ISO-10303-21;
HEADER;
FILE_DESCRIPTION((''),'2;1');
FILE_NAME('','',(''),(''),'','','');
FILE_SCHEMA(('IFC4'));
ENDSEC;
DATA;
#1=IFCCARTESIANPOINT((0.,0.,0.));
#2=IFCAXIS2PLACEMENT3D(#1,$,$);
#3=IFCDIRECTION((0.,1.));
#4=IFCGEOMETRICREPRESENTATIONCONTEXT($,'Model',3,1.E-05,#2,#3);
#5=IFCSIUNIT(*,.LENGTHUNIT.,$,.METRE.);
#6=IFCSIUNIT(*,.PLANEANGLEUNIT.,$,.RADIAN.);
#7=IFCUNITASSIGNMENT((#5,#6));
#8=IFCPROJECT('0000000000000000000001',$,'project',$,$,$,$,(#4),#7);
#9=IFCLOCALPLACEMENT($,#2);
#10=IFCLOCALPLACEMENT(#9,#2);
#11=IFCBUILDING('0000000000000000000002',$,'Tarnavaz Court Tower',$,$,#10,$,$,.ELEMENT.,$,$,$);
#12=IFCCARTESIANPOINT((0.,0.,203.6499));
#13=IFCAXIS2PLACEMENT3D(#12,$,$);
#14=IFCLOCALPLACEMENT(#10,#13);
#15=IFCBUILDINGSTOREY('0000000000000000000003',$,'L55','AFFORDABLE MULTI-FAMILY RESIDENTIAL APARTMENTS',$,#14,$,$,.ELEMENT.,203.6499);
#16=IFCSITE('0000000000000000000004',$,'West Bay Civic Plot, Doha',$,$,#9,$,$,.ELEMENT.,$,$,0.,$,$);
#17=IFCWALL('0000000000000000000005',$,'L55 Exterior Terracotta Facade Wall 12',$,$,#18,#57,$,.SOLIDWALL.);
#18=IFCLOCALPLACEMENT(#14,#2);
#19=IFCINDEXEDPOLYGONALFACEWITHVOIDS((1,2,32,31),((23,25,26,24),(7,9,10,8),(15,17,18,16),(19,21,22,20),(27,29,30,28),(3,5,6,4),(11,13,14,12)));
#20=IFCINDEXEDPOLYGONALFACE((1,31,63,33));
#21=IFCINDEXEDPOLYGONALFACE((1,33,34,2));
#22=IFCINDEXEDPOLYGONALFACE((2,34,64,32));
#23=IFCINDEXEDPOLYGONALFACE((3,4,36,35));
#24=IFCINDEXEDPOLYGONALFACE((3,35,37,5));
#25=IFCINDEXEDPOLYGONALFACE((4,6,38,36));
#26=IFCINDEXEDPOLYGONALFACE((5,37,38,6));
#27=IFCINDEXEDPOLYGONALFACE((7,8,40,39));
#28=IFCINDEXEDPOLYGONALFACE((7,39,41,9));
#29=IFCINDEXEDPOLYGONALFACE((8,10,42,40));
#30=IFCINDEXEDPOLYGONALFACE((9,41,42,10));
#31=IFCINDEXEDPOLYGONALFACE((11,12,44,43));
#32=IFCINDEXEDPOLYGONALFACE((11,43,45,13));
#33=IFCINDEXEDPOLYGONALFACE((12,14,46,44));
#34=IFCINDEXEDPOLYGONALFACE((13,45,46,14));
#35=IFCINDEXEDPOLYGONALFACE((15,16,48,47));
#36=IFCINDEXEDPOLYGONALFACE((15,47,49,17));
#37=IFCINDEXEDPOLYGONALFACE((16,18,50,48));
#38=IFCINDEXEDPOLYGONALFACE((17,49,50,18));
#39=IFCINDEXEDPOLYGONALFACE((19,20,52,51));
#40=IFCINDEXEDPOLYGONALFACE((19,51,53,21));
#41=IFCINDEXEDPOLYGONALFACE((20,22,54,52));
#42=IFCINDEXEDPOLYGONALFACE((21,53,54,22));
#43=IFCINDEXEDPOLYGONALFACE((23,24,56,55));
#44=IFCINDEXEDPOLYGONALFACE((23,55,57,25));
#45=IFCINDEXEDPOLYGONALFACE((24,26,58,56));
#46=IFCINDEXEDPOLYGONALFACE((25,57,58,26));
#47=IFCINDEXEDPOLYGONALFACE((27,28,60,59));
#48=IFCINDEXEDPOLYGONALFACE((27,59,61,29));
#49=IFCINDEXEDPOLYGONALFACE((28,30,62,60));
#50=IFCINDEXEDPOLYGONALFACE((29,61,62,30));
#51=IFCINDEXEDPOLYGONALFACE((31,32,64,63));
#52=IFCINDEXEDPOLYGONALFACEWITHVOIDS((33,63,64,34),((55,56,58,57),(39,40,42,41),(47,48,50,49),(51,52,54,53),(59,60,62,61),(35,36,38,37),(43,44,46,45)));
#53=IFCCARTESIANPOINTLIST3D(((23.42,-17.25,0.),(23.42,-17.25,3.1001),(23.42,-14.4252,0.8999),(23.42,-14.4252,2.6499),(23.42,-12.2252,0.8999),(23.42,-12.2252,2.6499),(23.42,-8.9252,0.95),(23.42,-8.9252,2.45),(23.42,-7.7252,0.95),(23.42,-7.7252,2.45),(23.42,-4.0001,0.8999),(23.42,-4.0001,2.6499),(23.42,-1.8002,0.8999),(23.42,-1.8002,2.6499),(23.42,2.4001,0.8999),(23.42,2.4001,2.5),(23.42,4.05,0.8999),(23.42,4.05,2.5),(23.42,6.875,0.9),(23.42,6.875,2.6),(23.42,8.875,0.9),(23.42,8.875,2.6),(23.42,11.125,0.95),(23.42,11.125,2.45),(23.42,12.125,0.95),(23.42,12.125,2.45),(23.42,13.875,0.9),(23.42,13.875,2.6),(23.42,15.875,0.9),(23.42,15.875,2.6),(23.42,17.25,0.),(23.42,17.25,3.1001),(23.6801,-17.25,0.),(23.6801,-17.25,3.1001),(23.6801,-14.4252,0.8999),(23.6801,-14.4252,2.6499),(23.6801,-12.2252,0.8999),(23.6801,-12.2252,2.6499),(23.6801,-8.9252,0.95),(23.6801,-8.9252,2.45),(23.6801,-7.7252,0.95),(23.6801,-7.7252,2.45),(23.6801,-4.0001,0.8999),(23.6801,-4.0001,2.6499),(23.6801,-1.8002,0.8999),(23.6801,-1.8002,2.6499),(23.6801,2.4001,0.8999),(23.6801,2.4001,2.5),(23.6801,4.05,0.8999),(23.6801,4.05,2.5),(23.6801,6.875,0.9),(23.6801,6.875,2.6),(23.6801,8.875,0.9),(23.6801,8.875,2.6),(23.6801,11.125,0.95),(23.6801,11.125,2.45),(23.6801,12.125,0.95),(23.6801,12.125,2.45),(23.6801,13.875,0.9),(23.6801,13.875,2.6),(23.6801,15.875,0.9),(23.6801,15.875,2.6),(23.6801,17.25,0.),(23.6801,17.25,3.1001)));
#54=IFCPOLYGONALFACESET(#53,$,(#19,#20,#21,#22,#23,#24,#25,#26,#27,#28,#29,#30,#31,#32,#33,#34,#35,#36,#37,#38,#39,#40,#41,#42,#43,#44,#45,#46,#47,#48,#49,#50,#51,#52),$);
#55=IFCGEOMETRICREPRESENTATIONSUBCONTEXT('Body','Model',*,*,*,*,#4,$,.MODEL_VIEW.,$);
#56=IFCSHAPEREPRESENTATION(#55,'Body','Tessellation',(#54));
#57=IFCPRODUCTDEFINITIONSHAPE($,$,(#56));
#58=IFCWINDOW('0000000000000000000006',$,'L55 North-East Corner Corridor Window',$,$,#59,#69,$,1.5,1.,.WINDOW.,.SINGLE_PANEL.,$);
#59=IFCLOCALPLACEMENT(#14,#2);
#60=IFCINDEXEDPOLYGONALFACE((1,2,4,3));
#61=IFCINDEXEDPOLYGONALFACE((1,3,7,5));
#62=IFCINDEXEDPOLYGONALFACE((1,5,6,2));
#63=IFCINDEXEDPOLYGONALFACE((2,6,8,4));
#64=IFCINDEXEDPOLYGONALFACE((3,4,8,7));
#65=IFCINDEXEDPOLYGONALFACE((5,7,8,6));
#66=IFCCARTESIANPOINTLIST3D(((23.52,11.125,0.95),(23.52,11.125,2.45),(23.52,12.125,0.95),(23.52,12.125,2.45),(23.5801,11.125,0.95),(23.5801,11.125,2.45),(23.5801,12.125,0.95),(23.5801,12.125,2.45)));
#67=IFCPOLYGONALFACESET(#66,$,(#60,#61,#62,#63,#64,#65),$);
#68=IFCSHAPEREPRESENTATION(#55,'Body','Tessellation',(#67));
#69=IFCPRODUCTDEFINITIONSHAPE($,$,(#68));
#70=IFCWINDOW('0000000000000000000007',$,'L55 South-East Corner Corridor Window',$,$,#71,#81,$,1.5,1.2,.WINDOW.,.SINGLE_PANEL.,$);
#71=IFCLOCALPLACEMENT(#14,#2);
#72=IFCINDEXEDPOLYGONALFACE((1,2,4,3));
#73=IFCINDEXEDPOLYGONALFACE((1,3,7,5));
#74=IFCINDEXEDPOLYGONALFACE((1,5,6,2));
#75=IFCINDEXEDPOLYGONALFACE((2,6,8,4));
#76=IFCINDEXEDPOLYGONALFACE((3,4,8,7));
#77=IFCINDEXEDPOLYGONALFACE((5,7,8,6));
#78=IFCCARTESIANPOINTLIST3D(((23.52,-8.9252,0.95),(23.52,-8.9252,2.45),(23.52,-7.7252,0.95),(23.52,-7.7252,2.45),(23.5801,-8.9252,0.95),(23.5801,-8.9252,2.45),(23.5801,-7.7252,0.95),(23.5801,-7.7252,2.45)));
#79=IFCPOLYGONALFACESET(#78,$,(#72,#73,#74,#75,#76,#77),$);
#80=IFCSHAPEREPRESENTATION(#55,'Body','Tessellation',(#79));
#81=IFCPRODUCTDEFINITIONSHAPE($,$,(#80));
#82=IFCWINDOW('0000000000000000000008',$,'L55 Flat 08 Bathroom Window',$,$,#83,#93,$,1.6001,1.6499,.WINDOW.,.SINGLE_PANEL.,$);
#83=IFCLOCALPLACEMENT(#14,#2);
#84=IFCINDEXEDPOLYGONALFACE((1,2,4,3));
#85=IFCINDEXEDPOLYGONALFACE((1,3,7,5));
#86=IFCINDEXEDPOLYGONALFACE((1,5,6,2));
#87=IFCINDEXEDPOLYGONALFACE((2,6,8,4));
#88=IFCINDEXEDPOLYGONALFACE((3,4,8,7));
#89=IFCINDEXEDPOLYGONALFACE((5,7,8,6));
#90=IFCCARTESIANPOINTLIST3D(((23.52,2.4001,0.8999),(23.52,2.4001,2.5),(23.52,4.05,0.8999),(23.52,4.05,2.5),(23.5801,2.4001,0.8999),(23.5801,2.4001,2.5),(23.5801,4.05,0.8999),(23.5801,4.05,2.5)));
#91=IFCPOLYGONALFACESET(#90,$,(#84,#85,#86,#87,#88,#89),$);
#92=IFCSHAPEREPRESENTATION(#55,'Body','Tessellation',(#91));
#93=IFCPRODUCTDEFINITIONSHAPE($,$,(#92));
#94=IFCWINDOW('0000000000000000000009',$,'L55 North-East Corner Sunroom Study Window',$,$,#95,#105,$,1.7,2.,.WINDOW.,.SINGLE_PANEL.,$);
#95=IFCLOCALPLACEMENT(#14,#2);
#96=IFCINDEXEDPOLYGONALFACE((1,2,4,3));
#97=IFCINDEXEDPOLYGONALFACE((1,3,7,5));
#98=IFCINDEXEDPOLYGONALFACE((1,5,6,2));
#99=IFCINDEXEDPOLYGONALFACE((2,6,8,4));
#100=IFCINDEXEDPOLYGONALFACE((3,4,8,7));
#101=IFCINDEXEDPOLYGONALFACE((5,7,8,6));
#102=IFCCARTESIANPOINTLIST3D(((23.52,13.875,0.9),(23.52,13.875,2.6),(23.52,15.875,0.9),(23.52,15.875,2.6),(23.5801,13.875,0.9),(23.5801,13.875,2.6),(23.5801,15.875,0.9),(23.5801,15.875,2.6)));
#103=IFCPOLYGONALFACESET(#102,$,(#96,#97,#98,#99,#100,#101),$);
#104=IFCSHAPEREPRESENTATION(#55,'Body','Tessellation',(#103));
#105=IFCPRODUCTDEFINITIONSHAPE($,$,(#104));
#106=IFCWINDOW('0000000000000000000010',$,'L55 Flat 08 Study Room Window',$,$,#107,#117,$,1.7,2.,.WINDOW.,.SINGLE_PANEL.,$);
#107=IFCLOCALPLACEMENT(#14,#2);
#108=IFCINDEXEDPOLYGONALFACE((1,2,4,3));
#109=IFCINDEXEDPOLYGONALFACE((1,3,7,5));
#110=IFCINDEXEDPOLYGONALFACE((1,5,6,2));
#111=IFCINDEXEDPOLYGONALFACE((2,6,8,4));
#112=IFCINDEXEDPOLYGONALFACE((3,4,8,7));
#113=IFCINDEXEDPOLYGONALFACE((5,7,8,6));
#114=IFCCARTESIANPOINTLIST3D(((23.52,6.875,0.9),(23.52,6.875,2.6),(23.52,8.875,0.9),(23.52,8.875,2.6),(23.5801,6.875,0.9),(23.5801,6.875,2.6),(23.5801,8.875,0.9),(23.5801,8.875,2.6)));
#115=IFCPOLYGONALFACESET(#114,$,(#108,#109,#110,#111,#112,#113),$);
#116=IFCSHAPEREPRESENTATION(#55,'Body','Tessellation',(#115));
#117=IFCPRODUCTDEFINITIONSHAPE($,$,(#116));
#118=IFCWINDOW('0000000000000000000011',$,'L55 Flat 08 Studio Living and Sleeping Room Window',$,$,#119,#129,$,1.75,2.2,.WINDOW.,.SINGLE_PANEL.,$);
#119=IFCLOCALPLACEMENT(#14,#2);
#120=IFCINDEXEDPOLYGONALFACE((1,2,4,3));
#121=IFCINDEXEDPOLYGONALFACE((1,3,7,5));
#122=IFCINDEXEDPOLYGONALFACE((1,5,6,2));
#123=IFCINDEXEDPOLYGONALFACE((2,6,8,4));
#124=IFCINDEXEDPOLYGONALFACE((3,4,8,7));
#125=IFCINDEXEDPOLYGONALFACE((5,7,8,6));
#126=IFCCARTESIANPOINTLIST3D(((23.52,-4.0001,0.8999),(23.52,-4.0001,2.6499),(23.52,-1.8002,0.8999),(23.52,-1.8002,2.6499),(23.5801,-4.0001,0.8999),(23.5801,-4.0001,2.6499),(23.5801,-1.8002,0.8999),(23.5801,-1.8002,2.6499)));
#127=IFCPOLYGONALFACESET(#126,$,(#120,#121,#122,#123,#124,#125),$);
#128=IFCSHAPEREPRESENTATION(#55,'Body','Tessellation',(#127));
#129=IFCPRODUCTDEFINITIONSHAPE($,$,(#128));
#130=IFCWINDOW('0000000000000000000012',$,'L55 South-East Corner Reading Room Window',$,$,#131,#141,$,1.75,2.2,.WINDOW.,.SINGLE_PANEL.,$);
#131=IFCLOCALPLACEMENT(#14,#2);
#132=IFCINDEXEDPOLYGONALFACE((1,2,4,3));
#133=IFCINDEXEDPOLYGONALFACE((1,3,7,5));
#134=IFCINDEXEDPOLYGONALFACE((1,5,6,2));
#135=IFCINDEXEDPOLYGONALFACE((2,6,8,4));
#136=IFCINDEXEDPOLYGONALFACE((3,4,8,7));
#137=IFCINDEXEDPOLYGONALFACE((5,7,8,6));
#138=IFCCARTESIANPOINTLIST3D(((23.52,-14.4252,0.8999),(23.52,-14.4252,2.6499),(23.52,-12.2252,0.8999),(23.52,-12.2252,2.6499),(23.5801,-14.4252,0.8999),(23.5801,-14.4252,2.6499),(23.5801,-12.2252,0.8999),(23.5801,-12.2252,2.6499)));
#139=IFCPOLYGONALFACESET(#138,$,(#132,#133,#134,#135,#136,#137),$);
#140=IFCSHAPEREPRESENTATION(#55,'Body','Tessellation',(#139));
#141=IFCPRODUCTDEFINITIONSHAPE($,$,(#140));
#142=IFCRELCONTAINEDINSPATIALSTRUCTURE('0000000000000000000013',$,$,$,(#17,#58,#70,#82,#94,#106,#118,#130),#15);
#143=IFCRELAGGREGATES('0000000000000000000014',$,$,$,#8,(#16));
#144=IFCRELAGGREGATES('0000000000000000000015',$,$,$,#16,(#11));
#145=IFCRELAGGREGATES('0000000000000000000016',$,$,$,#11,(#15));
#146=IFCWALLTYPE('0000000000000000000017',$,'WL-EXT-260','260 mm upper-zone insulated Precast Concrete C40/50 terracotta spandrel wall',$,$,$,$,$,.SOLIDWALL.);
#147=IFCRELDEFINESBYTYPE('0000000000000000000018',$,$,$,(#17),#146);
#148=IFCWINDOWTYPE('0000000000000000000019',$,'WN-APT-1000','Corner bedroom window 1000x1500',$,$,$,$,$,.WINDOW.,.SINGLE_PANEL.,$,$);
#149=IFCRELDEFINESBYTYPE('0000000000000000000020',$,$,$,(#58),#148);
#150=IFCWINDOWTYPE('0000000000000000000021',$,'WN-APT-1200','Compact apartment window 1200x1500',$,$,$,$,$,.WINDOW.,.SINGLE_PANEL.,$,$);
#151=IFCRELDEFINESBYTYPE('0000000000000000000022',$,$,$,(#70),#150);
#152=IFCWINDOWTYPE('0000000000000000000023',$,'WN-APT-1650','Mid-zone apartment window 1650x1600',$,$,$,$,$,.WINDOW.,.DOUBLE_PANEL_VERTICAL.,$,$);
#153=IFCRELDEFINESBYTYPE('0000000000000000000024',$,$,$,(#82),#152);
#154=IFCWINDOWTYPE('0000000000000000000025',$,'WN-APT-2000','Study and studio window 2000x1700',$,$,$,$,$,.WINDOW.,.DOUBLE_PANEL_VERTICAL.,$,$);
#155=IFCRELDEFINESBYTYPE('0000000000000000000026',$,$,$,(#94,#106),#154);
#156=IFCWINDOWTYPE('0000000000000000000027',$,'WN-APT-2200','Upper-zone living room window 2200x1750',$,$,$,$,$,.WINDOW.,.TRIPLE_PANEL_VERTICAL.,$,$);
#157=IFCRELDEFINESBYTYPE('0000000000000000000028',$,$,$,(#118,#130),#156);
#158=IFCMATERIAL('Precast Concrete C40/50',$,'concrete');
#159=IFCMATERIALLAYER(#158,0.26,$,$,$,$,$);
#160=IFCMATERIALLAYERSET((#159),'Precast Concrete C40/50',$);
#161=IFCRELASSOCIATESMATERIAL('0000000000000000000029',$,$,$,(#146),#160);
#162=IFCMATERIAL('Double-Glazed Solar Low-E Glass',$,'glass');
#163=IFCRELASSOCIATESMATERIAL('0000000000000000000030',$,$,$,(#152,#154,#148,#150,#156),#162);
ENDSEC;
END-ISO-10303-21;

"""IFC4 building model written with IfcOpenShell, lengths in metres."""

from ifc_helpers import new_model, si_unit, direction, frame, frame_2d, origin, place, context, subcontext, project, spatial, rectangle, extrude, material, layer, layer_set, type_object, element, fill, save


model = new_model("IFC4")

# Units and contexts
model_context = context("Model", 3, precision=1e-05, world=origin(), true_north=direction((0.0, 1.0)))
body_context = subcontext(model_context, "Body", "Model", "MODEL_VIEW")
ifc_project = project(units=[si_unit("LENGTHUNIT", "METRE"), si_unit("PLANEANGLEUNIT", "RADIAN")], contexts=[model_context])

# Site, building, storey
site_placement = place(None, origin())
site = spatial("IfcSite", under=ifc_project, at=site_placement, Name="West Bay Civic Plot, Doha", CompositionType="ELEMENT", RefElevation=0.0)
building_placement = place(site_placement, origin())
building = spatial("IfcBuilding", under=site, at=building_placement, Name="Tarnavaz Court Tower", CompositionType="ELEMENT")
storey_placement = place(building_placement, frame((0.0, 0.0, 203.6499)))
storey = spatial("IfcBuildingStorey", under=building, at=storey_placement, Name="L55", Description="AFFORDABLE MULTI-FAMILY RESIDENTIAL APARTMENTS", CompositionType="ELEMENT", Elevation=203.6499)

# Shared definitions
ifc_material_1 = material(Name="Precast Concrete C40/50", Category="concrete")
ifc_layer_1 = layer(ifc_material_1, 0.26)
ifc_layer_set_1 = layer_set([ifc_layer_1], Name="Precast Concrete C40/50")
wall_type_1 = type_object("IfcWallType", Name="WL-EXT-260", Description="260 mm upper-zone insulated Precast Concrete C40/50 terracotta spandrel wall", PredefinedType="SOLIDWALL", material=ifc_layer_set_1)
ifc_material_2 = material(Name="Double-Glazed Solar Low-E Glass", Category="glass")
window_type_1 = type_object("IfcWindowType", Name="WN-APT-1650", Description="Mid-zone apartment window 1650x1600", PartitioningType="DOUBLE_PANEL_VERTICAL", PredefinedType="WINDOW", material=ifc_material_2)
window_type_2 = type_object("IfcWindowType", Name="WN-APT-2000", Description="Study and studio window 2000x1700", PartitioningType="DOUBLE_PANEL_VERTICAL", PredefinedType="WINDOW", material=ifc_material_2)

# Wall, openings, windows
wall_1_placement = place(storey_placement, frame((23.55, 17.25, 0.0), z_axis=(0.0, 0.0, 1.0), x_axis=(0.0, -1.0, 0.0)))
wall_1 = element("IfcWall", 1, at=wall_1_placement, inside=storey, type_object=wall_type_1, Name="L55 Exterior Terracotta Facade Wall 12", PredefinedType="SOLIDWALL", context=body_context, shape_type="SweptSolid", body=[
    extrude(rectangle(XDim=34.5, YDim=0.26, at=frame_2d((17.25, 0.0))), origin(), (0.0, 0.0, 1.0), 3.1001),
])
opening_1_placement = place(wall_1_placement, frame((1.375, 0.0, 0.8999)))
opening_1 = element("IfcOpeningElement", 2, at=opening_1_placement, cuts=wall_1, PredefinedType="OPENING", context=body_context, shape_type="SweptSolid", body=[
    extrude(rectangle(XDim=2.0, YDim=1.7, at=frame_2d((1.0, 0.8501))), frame((0.0, 0.1399, 0.0), z_axis=(0.0, -1.0, 0.0), x_axis=(1.0, 0.0, 0.0)), (0.0, 0.0, 1.0), 0.28),
])
opening_2_placement = place(wall_1_placement, frame((5.125, 0.0, 0.95)))
opening_2 = element("IfcOpeningElement", 3, at=opening_2_placement, cuts=wall_1, PredefinedType="OPENING", context=body_context, shape_type="SweptSolid", body=[
    extrude(rectangle(XDim=1.0, YDim=1.5, at=frame_2d((0.5, 0.75))), frame((0.0, 0.1399, 0.0), z_axis=(0.0, -1.0, 0.0), x_axis=(1.0, 0.0, 0.0)), (0.0, 0.0, 1.0), 0.28),
])
opening_3_placement = place(wall_1_placement, frame((8.375, 0.0, 0.8999)))
opening_3 = element("IfcOpeningElement", 4, at=opening_3_placement, cuts=wall_1, PredefinedType="OPENING", context=body_context, shape_type="SweptSolid", body=[
    extrude(rectangle(XDim=2.0, YDim=1.7, at=frame_2d((1.0, 0.8501))), frame((0.0, 0.1399, 0.0), z_axis=(0.0, -1.0, 0.0), x_axis=(1.0, 0.0, 0.0)), (0.0, 0.0, 1.0), 0.28),
])
opening_4_placement = place(wall_1_placement, frame((13.2, 0.0, 0.8999)))
opening_4 = element("IfcOpeningElement", 5, at=opening_4_placement, cuts=wall_1, PredefinedType="OPENING", context=body_context, shape_type="SweptSolid", body=[
    extrude(rectangle(XDim=1.6499, YDim=1.6001, at=frame_2d((0.825, 0.8))), frame((0.0, 0.1399, 0.0), z_axis=(0.0, -1.0, 0.0), x_axis=(1.0, 0.0, 0.0)), (0.0, 0.0, 1.0), 0.28),
])
opening_5_placement = place(wall_1_placement, frame((19.05, 0.0, 0.8999)))
opening_5 = element("IfcOpeningElement", 6, at=opening_5_placement, cuts=wall_1, PredefinedType="OPENING", context=body_context, shape_type="SweptSolid", body=[
    extrude(rectangle(XDim=2.2, YDim=1.75, at=frame_2d((1.1001, 0.875))), frame((0.0, 0.1399, 0.0), z_axis=(0.0, -1.0, 0.0), x_axis=(1.0, 0.0, 0.0)), (0.0, 0.0, 1.0), 0.28),
])
opening_6_placement = place(wall_1_placement, frame((24.9751, 0.0, 0.95)))
opening_6 = element("IfcOpeningElement", 7, at=opening_6_placement, cuts=wall_1, PredefinedType="OPENING", context=body_context, shape_type="SweptSolid", body=[
    extrude(rectangle(XDim=1.2, YDim=1.5, at=frame_2d((0.6001, 0.75))), frame((0.0, 0.1399, 0.0), z_axis=(0.0, -1.0, 0.0), x_axis=(1.0, 0.0, 0.0)), (0.0, 0.0, 1.0), 0.28),
])
opening_7_placement = place(wall_1_placement, frame((29.4751, 0.0, 0.8999)))
opening_7 = element("IfcOpeningElement", 8, at=opening_7_placement, cuts=wall_1, PredefinedType="OPENING", context=body_context, shape_type="SweptSolid", body=[
    extrude(rectangle(XDim=2.2, YDim=1.75, at=frame_2d((1.1001, 0.875))), frame((0.0, 0.1399, 0.0), z_axis=(0.0, -1.0, 0.0), x_axis=(1.0, 0.0, 0.0)), (0.0, 0.0, 1.0), 0.28),
])
window_type_3 = type_object("IfcWindowType", Name="WN-APT-1000", Description="Corner bedroom window 1000x1500", PartitioningType="SINGLE_PANEL", PredefinedType="WINDOW", material=ifc_material_2)
window_1_placement = place(opening_2_placement, origin())
window_1 = element("IfcWindow", 9, at=window_1_placement, inside=storey, type_object=window_type_3, Name="L55 North-East Corner Corridor Window", OverallHeight=1.5, OverallWidth=1.0, PartitioningType="SINGLE_PANEL", PredefinedType="WINDOW", context=body_context, shape_type="SweptSolid", body=[
    extrude(rectangle(XDim=1.0, YDim=1.5, at=frame_2d((0.5, 0.75))), frame((0.0, 0.03, 0.0), z_axis=(0.0, -1.0, 0.0), x_axis=(1.0, 0.0, 0.0)), (0.0, 0.0, 1.0), 0.0601),
])
fill(opening_2, window_1)
window_type_4 = type_object("IfcWindowType", Name="WN-APT-1200", Description="Compact apartment window 1200x1500", PartitioningType="SINGLE_PANEL", PredefinedType="WINDOW", material=ifc_material_2)
window_2_placement = place(opening_6_placement, origin())
window_2 = element("IfcWindow", 10, at=window_2_placement, inside=storey, type_object=window_type_4, Name="L55 South-East Corner Corridor Window", OverallHeight=1.5, OverallWidth=1.2, PartitioningType="SINGLE_PANEL", PredefinedType="WINDOW", context=body_context, shape_type="SweptSolid", body=[
    extrude(rectangle(XDim=1.2, YDim=1.5, at=frame_2d((0.6001, 0.75))), frame((0.0, 0.03, 0.0), z_axis=(0.0, -1.0, 0.0), x_axis=(1.0, 0.0, 0.0)), (0.0, 0.0, 1.0), 0.0601),
])
fill(opening_6, window_2)
window_3_placement = place(opening_4_placement, origin())
window_3 = element("IfcWindow", 11, at=window_3_placement, inside=storey, type_object=window_type_1, Name="L55 Flat 08 Bathroom Window", OverallHeight=1.6001, OverallWidth=1.6499, PartitioningType="SINGLE_PANEL", PredefinedType="WINDOW", context=body_context, shape_type="SweptSolid", body=[
    extrude(rectangle(XDim=1.6499, YDim=1.6001, at=frame_2d((0.825, 0.8))), frame((0.0, 0.03, 0.0), z_axis=(0.0, -1.0, 0.0), x_axis=(1.0, 0.0, 0.0)), (0.0, 0.0, 1.0), 0.0601),
])
fill(opening_4, window_3)
window_4_placement = place(opening_1_placement, origin())
window_4 = element("IfcWindow", 12, at=window_4_placement, inside=storey, type_object=window_type_2, Name="L55 North-East Corner Sunroom Study Window", OverallHeight=1.7, OverallWidth=2.0, PartitioningType="SINGLE_PANEL", PredefinedType="WINDOW", context=body_context, shape_type="SweptSolid", body=[
    extrude(rectangle(XDim=2.0, YDim=1.7, at=frame_2d((1.0, 0.8501))), frame((0.0, 0.03, 0.0), z_axis=(0.0, -1.0, 0.0), x_axis=(1.0, 0.0, 0.0)), (0.0, 0.0, 1.0), 0.0601),
])
fill(opening_1, window_4)
window_5_placement = place(opening_3_placement, origin())
window_5 = element("IfcWindow", 13, at=window_5_placement, inside=storey, type_object=window_type_2, Name="L55 Flat 08 Study Room Window", OverallHeight=1.7, OverallWidth=2.0, PartitioningType="SINGLE_PANEL", PredefinedType="WINDOW", context=body_context, shape_type="SweptSolid", body=[
    extrude(rectangle(XDim=2.0, YDim=1.7, at=frame_2d((1.0, 0.8501))), frame((0.0, 0.03, 0.0), z_axis=(0.0, -1.0, 0.0), x_axis=(1.0, 0.0, 0.0)), (0.0, 0.0, 1.0), 0.0601),
])
fill(opening_3, window_5)
window_type_5 = type_object("IfcWindowType", Name="WN-APT-2200", Description="Upper-zone living room window 2200x1750", PartitioningType="TRIPLE_PANEL_VERTICAL", PredefinedType="WINDOW", material=ifc_material_2)
window_6_placement = place(opening_5_placement, origin())
window_6 = element("IfcWindow", 14, at=window_6_placement, inside=storey, type_object=window_type_5, Name="L55 Flat 08 Studio Living and Sleeping Room Window", OverallHeight=1.75, OverallWidth=2.2, PartitioningType="SINGLE_PANEL", PredefinedType="WINDOW", context=body_context, shape_type="SweptSolid", body=[
    extrude(rectangle(XDim=2.2, YDim=1.75, at=frame_2d((1.1001, 0.875))), frame((0.0, 0.03, 0.0), z_axis=(0.0, -1.0, 0.0), x_axis=(1.0, 0.0, 0.0)), (0.0, 0.0, 1.0), 0.0601),
])
fill(opening_5, window_6)
window_7_placement = place(opening_7_placement, origin())
window_7 = element("IfcWindow", 15, at=window_7_placement, inside=storey, type_object=window_type_5, Name="L55 South-East Corner Reading Room Window", OverallHeight=1.75, OverallWidth=2.2, PartitioningType="SINGLE_PANEL", PredefinedType="WINDOW", context=body_context, shape_type="SweptSolid", body=[
    extrude(rectangle(XDim=2.2, YDim=1.75, at=frame_2d((1.1001, 0.875))), frame((0.0, 0.03, 0.0), z_axis=(0.0, -1.0, 0.0), x_axis=(1.0, 0.0, 0.0)), (0.0, 0.0, 1.0), 0.0601),
])
fill(opening_7, window_7)

save(model, "model.ifc")
